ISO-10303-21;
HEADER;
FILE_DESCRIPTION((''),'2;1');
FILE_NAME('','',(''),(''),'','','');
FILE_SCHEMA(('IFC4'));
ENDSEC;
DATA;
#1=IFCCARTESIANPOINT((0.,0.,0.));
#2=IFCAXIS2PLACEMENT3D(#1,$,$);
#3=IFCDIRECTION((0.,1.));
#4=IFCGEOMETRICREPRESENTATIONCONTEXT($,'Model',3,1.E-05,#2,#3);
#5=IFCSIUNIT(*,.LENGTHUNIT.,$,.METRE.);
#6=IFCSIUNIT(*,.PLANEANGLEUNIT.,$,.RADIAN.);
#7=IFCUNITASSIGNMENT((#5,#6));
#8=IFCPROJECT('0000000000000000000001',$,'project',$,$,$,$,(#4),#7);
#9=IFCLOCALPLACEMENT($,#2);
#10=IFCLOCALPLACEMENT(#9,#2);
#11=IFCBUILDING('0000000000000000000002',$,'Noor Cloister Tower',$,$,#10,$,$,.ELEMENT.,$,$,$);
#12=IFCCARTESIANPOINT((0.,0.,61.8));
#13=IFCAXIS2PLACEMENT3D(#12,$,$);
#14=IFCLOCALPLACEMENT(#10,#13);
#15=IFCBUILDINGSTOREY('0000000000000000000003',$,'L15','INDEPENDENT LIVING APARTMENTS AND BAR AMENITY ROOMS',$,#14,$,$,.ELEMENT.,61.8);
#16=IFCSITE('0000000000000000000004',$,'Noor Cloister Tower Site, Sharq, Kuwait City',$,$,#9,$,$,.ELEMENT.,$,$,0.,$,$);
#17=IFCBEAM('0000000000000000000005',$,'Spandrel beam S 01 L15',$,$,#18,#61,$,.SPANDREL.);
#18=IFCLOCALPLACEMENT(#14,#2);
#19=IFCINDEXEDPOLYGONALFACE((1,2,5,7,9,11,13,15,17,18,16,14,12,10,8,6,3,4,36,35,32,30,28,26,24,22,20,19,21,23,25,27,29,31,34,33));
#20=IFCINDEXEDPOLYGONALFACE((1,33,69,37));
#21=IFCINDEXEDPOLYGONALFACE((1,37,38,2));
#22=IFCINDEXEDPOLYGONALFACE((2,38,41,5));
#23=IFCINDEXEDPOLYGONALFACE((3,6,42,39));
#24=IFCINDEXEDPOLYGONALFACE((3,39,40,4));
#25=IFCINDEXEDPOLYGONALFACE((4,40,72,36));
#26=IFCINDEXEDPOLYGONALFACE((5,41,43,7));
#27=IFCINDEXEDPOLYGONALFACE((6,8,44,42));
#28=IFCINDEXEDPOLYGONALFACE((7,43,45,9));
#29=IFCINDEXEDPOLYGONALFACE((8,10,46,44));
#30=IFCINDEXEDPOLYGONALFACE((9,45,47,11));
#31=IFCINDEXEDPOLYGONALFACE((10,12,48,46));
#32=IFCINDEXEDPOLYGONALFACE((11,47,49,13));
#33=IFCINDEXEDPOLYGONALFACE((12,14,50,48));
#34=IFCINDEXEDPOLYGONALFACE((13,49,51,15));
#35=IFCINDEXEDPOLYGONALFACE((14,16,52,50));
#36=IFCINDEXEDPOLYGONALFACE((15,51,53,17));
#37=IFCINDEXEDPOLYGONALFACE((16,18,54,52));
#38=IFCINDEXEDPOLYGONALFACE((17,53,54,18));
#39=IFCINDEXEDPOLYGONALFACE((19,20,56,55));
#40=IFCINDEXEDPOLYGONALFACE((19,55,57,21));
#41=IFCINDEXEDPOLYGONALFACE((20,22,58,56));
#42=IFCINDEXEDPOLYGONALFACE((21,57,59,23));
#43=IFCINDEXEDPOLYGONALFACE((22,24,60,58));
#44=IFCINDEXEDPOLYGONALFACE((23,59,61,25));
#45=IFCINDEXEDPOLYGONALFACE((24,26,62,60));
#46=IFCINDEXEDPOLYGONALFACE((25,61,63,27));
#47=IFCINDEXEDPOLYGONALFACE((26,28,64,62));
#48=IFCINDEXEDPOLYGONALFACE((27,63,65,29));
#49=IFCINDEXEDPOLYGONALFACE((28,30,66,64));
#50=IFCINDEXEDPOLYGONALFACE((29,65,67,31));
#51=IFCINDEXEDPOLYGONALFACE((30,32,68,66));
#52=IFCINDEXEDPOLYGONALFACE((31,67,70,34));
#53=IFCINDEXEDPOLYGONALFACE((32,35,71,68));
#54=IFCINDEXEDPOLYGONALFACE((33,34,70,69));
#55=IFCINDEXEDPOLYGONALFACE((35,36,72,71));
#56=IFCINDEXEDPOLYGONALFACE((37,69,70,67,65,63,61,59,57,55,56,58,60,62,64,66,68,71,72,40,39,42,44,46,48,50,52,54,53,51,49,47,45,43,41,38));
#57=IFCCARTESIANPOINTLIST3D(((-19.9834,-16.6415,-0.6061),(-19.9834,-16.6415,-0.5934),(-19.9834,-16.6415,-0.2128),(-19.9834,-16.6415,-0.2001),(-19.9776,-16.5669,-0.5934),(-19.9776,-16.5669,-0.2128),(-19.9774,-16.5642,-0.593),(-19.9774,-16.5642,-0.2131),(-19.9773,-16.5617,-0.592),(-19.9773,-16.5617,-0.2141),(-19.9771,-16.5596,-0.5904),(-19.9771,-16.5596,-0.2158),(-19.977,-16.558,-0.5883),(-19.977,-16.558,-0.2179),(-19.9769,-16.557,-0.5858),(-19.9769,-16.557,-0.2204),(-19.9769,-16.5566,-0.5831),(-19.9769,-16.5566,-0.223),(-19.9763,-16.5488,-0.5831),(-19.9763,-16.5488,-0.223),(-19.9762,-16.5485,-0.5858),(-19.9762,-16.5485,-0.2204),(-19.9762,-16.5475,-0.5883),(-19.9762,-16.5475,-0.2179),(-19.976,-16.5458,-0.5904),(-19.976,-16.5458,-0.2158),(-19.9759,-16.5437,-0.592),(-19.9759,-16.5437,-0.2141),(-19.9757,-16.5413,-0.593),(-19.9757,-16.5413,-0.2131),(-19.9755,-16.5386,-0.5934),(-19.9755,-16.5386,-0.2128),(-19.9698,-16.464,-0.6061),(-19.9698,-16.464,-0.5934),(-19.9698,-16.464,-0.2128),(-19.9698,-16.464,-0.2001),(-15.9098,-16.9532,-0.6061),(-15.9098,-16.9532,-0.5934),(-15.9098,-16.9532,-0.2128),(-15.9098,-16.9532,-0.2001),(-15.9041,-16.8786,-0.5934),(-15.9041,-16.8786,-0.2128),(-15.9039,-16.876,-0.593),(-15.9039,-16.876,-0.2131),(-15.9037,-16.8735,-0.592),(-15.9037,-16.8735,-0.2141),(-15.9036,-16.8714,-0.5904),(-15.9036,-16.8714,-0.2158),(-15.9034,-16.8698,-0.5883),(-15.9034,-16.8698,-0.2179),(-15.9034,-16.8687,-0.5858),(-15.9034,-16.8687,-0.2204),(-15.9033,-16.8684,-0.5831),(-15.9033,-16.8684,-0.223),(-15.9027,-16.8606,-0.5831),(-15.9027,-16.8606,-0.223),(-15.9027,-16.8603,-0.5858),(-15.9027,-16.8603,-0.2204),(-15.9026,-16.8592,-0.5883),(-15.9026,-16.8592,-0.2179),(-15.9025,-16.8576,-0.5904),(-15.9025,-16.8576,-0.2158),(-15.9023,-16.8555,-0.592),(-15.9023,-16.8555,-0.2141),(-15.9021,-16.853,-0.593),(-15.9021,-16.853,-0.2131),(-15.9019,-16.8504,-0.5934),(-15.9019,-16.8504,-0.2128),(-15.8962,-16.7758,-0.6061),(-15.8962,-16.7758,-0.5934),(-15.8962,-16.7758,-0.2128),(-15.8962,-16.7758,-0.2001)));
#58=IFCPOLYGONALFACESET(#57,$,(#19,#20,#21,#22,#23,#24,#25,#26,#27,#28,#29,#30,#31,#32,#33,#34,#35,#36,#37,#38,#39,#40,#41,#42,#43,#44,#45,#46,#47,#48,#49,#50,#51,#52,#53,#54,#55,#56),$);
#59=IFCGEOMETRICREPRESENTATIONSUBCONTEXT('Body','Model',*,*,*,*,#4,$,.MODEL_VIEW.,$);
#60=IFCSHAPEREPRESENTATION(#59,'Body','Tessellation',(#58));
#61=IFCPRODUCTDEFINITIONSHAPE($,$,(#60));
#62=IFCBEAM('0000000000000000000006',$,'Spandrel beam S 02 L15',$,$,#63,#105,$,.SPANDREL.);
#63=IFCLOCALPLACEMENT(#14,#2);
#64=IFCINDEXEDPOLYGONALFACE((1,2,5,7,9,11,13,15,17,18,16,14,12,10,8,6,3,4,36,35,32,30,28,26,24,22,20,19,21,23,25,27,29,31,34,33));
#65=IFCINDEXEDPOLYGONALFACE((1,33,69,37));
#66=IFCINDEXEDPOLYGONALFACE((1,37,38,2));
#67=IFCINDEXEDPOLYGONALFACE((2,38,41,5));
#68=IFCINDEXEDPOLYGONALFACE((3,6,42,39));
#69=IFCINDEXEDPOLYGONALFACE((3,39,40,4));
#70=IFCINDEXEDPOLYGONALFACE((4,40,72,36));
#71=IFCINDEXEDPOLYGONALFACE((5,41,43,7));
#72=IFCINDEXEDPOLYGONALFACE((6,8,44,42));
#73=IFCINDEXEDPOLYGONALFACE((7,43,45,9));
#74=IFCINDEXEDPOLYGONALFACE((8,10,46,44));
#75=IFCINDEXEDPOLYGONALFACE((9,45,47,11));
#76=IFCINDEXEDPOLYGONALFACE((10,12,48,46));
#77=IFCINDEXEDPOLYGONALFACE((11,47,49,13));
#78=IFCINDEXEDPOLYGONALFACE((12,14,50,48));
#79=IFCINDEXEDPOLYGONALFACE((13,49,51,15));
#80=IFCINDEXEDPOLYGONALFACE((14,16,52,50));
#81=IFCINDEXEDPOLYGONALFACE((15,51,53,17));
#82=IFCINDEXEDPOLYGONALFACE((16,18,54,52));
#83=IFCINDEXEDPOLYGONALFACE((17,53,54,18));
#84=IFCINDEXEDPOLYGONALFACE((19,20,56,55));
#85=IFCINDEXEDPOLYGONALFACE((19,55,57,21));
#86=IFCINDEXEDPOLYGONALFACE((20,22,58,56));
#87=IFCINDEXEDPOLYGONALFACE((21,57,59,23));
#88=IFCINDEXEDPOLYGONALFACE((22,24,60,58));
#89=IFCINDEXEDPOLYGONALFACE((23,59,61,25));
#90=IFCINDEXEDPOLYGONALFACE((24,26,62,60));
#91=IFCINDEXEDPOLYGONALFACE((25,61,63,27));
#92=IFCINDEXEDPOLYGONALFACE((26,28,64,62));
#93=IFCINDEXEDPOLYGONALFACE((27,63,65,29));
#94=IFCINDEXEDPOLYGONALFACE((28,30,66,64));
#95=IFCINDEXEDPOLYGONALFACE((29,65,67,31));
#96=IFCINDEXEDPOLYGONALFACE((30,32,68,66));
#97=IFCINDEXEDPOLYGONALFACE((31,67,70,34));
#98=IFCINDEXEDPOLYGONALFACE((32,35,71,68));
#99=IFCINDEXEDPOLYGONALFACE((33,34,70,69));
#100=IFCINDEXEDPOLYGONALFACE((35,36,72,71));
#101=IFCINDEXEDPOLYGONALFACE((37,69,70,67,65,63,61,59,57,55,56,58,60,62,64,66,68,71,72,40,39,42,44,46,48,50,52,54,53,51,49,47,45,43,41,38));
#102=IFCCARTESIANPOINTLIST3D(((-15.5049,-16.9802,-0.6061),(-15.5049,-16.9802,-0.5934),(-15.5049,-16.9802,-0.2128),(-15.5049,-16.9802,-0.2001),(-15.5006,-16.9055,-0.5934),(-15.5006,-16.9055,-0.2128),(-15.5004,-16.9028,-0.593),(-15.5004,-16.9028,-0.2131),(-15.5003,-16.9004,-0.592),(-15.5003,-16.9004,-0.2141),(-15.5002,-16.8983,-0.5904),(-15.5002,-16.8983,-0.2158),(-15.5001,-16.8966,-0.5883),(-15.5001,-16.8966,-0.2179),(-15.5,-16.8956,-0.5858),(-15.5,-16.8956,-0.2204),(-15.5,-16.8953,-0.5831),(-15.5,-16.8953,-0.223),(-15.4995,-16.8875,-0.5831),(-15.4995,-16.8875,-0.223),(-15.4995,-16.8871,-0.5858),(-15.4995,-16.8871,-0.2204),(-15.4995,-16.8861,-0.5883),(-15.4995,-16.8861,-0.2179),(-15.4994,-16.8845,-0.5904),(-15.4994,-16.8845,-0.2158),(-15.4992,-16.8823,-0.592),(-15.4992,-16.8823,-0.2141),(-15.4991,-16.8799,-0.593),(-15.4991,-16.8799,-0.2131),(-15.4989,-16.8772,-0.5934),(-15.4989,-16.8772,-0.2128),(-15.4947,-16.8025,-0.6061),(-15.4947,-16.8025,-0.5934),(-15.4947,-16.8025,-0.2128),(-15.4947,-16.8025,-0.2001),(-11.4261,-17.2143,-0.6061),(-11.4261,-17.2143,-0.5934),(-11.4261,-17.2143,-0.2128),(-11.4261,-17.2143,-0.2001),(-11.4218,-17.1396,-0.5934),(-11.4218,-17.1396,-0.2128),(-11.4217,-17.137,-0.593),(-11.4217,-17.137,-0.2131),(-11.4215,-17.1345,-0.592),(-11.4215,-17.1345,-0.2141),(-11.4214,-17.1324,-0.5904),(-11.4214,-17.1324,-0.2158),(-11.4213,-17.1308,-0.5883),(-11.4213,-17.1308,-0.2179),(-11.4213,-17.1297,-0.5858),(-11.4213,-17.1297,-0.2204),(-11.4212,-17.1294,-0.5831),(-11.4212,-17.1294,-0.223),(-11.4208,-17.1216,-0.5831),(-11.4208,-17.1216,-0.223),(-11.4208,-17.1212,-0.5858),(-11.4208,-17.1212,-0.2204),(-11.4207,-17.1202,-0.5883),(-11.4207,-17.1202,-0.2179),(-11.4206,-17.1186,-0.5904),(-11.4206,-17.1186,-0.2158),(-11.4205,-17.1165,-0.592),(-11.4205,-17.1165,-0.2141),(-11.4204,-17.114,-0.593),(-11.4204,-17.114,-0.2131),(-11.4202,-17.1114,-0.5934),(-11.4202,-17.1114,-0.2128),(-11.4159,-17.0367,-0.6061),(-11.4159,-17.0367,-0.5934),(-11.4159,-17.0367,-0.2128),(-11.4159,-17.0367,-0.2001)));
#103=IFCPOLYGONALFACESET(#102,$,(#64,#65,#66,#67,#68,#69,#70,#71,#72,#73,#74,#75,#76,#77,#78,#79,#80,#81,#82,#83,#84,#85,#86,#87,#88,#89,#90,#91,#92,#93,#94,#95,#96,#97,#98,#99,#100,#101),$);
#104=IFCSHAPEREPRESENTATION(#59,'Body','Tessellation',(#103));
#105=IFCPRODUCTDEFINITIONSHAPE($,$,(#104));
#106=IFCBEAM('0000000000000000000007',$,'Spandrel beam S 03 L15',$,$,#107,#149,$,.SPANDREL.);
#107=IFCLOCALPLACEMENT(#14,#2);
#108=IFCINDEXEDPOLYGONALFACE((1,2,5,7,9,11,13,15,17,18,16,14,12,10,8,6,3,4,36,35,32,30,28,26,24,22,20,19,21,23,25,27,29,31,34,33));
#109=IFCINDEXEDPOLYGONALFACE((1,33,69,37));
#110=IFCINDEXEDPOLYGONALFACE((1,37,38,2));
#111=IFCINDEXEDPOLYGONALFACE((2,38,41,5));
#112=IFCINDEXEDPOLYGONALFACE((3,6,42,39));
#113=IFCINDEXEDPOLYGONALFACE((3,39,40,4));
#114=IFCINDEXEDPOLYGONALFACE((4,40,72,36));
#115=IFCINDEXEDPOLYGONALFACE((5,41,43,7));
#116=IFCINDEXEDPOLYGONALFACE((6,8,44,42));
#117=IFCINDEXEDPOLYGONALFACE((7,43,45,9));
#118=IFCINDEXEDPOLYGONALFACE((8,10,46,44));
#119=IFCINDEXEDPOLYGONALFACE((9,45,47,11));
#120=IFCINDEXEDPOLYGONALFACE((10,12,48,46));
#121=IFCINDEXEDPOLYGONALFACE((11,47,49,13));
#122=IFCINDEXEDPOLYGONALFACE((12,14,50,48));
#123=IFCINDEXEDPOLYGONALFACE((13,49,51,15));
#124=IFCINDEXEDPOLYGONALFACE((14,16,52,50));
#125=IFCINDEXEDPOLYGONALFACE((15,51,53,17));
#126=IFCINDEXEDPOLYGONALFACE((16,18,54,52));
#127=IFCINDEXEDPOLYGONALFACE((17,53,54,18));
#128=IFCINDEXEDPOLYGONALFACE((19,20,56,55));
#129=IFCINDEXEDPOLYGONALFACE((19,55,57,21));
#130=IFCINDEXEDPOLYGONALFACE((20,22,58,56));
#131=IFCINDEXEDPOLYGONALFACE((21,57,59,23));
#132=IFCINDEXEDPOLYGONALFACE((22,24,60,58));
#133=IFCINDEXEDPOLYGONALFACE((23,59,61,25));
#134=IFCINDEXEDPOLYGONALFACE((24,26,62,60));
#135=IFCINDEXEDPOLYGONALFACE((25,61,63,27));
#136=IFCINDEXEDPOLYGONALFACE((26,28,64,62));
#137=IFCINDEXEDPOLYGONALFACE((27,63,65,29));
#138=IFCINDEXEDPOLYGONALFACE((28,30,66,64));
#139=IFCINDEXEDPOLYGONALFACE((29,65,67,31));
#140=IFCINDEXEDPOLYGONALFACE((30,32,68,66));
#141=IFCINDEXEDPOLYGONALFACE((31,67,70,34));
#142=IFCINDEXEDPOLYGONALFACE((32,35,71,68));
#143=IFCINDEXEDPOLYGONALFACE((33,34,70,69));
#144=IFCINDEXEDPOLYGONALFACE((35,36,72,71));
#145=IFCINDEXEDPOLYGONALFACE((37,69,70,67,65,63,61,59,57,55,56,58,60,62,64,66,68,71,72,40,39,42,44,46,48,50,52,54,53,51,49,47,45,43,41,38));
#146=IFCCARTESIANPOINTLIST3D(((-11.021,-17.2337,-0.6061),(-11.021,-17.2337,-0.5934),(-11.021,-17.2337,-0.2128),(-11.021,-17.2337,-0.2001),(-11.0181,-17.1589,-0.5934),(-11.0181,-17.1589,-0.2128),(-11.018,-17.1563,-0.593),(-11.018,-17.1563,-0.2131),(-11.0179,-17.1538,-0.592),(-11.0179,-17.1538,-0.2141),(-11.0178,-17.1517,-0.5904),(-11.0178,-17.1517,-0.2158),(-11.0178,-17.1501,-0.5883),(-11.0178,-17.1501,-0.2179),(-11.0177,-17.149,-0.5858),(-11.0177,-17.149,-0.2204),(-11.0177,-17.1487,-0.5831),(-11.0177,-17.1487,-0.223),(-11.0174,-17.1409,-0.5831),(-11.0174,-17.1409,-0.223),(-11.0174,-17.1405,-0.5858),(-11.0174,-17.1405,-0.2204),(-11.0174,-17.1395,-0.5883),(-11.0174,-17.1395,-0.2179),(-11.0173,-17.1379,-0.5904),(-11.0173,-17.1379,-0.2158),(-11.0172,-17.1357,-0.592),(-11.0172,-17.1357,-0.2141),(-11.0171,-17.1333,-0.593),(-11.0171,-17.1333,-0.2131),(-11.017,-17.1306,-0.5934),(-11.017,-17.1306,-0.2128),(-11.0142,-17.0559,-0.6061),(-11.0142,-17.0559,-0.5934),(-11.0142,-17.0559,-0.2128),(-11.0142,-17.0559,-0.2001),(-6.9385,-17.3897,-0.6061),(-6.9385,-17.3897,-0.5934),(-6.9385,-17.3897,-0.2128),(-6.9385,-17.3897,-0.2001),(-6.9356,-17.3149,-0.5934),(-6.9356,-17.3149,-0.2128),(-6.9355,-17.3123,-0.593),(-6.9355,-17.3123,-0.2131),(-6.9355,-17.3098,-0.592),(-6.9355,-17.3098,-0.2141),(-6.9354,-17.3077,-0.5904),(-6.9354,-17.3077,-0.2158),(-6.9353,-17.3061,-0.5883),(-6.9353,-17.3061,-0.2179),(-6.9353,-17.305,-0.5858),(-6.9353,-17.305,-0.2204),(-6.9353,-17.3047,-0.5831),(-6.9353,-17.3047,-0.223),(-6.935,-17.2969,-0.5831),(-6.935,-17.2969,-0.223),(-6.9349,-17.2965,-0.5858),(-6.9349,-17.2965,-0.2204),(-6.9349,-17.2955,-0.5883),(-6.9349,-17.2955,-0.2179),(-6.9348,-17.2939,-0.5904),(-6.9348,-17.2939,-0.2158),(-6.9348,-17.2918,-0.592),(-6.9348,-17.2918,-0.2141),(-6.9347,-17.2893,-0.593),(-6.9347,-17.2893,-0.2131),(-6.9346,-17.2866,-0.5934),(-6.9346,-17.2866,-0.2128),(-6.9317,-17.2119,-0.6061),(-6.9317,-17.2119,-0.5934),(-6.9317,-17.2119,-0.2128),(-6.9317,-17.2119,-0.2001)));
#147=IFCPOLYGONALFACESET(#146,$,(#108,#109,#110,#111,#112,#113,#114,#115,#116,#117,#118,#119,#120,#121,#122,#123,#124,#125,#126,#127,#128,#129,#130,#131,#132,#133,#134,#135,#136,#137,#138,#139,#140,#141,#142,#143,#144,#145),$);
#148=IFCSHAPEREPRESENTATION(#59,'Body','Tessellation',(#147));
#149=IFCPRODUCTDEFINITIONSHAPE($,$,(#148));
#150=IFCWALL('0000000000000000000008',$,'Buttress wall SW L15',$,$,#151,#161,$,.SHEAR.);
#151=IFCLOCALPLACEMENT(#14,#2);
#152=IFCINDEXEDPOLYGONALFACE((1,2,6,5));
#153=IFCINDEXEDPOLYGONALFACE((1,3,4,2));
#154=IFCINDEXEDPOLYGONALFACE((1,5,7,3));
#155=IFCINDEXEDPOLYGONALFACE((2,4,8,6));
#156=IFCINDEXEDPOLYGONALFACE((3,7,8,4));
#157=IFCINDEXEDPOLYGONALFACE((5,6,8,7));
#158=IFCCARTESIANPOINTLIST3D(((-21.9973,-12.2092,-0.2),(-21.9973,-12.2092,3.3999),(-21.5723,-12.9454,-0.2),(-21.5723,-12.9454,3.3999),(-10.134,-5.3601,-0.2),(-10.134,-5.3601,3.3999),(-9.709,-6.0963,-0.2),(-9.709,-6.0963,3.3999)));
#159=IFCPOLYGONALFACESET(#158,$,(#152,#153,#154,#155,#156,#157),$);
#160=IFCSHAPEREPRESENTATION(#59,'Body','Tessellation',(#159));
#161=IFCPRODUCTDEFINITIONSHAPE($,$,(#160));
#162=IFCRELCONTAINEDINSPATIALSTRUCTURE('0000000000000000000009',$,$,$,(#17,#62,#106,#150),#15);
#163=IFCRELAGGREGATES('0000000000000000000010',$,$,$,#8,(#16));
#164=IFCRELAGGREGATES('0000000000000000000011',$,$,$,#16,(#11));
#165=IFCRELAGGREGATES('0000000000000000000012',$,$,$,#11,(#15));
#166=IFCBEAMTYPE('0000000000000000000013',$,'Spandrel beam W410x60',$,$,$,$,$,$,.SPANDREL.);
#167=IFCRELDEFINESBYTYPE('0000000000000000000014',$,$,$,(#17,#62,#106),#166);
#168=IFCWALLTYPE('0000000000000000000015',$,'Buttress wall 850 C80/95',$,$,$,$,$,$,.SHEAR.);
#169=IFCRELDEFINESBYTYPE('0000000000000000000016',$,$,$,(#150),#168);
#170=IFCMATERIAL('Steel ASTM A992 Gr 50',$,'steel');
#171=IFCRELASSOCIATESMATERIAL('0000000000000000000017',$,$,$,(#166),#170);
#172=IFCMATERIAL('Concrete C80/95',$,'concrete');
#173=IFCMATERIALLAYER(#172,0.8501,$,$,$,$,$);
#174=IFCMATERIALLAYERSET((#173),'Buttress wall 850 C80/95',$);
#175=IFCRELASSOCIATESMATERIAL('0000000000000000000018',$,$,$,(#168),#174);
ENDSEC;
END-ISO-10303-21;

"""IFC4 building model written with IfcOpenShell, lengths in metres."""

from ifc_helpers import new_model, si_unit, direction, frame, frame_2d, origin, origin_2d, place, context, subcontext, project, spatial, rectangle, i_section, extrude, material, layer, layer_set, material_profile, profile_set, type_object, element, save


model = new_model("IFC4")

# Units and contexts
model_context = context("Model", 3, precision=1e-05, world=origin(), true_north=direction((0.0, 1.0)))
body_context = subcontext(model_context, "Body", "Model", "MODEL_VIEW")
ifc_project = project(units=[si_unit("LENGTHUNIT", "METRE"), si_unit("PLANEANGLEUNIT", "RADIAN")], contexts=[model_context])

# Site, building, storey
site_placement = place(None, origin())
site = spatial("IfcSite", under=ifc_project, at=site_placement, Name="Noor Cloister Tower Site, Sharq, Kuwait City", CompositionType="ELEMENT", RefElevation=0.0)
building_placement = place(site_placement, origin())
building = spatial("IfcBuilding", under=site, at=building_placement, Name="Noor Cloister Tower", CompositionType="ELEMENT")
storey_placement = place(building_placement, frame((0.0, 0.0, 61.8)))
storey = spatial("IfcBuildingStorey", under=building, at=storey_placement, Name="L15", Description="INDEPENDENT LIVING APARTMENTS AND BAR AMENITY ROOMS", CompositionType="ELEMENT", Elevation=61.8)

# Beams
ifc_material_1 = material(Name="Steel ASTM A992 Gr 50", Category="steel")
ifc_material_profile_1 = material_profile(ifc_material_1, i_section(OverallWidth=0.178, OverallDepth=0.406, WebThickness=0.0078, FlangeThickness=0.0127, FilletRadius=0.0103, at=origin_2d()), Name="W410x60")
ifc_profile_set_1 = profile_set([ifc_material_profile_1], Name="Steel ASTM A992 Gr 50")
beam_type_1 = type_object("IfcBeamType", Name="Spandrel beam W410x60", PredefinedType="SPANDREL", material=ifc_profile_set_1)
for number, where, z_axis, x_axis, name in (
    (1, (-19.9766, -16.5527, -0.4031), (0.997084, -0.076313, 0.0), (0.076313, 0.997084, 0.0), "Spandrel beam S 01 L15"),
    (2, (-15.4998, -16.8914, -0.4031), (0.998356, -0.05731, 0.0), (0.05731, 0.998356, 0.0), "Spandrel beam S 02 L15"),
    (3, (-11.0176, -17.1448, -0.4031), (0.999271, -0.038185, 0.0), (0.038185, 0.999271, 0.0), "Spandrel beam S 03 L15"),
):
    element("IfcBeam", number, at=place(storey_placement, frame(where, z_axis=z_axis, x_axis=x_axis)), inside=storey, type_object=beam_type_1, Name=name, PredefinedType="SPANDREL", context=body_context, shape_type="SweptSolid", body=[
        extrude(i_section(OverallWidth=0.178, OverallDepth=0.406, WebThickness=0.0078, FlangeThickness=0.0127, FilletRadius=0.0103, at=origin_2d()), origin(), (0.0, 0.0, 1.0), 4.0854),
    ])

# Wall
ifc_material_2 = material(Name="Concrete C80/95", Category="concrete")
ifc_layer_1 = layer(ifc_material_2, 0.8501)
ifc_layer_set_1 = layer_set([ifc_layer_1], Name="Buttress wall 850 C80/95")
wall_type_1 = type_object("IfcWallType", Name="Buttress wall 850 C80/95", PredefinedType="SHEAR", material=ifc_layer_set_1)
wall_1_placement = place(storey_placement, frame((-9.9216, -5.7283, -0.2), z_axis=(0.0, 0.0, 1.0), x_axis=(-0.86603, -0.499992, 0.0)))
element("IfcWall", 4, at=wall_1_placement, inside=storey, type_object=wall_type_1, Name="Buttress wall SW L15", PredefinedType="SHEAR", context=body_context, shape_type="SweptSolid", body=[
    extrude(rectangle(XDim=13.6985, YDim=0.8501, at=frame_2d((6.8491, 0.0))), origin(), (0.0, 0.0, 1.0), 3.5999),
])

save(model, "model.ifc")
